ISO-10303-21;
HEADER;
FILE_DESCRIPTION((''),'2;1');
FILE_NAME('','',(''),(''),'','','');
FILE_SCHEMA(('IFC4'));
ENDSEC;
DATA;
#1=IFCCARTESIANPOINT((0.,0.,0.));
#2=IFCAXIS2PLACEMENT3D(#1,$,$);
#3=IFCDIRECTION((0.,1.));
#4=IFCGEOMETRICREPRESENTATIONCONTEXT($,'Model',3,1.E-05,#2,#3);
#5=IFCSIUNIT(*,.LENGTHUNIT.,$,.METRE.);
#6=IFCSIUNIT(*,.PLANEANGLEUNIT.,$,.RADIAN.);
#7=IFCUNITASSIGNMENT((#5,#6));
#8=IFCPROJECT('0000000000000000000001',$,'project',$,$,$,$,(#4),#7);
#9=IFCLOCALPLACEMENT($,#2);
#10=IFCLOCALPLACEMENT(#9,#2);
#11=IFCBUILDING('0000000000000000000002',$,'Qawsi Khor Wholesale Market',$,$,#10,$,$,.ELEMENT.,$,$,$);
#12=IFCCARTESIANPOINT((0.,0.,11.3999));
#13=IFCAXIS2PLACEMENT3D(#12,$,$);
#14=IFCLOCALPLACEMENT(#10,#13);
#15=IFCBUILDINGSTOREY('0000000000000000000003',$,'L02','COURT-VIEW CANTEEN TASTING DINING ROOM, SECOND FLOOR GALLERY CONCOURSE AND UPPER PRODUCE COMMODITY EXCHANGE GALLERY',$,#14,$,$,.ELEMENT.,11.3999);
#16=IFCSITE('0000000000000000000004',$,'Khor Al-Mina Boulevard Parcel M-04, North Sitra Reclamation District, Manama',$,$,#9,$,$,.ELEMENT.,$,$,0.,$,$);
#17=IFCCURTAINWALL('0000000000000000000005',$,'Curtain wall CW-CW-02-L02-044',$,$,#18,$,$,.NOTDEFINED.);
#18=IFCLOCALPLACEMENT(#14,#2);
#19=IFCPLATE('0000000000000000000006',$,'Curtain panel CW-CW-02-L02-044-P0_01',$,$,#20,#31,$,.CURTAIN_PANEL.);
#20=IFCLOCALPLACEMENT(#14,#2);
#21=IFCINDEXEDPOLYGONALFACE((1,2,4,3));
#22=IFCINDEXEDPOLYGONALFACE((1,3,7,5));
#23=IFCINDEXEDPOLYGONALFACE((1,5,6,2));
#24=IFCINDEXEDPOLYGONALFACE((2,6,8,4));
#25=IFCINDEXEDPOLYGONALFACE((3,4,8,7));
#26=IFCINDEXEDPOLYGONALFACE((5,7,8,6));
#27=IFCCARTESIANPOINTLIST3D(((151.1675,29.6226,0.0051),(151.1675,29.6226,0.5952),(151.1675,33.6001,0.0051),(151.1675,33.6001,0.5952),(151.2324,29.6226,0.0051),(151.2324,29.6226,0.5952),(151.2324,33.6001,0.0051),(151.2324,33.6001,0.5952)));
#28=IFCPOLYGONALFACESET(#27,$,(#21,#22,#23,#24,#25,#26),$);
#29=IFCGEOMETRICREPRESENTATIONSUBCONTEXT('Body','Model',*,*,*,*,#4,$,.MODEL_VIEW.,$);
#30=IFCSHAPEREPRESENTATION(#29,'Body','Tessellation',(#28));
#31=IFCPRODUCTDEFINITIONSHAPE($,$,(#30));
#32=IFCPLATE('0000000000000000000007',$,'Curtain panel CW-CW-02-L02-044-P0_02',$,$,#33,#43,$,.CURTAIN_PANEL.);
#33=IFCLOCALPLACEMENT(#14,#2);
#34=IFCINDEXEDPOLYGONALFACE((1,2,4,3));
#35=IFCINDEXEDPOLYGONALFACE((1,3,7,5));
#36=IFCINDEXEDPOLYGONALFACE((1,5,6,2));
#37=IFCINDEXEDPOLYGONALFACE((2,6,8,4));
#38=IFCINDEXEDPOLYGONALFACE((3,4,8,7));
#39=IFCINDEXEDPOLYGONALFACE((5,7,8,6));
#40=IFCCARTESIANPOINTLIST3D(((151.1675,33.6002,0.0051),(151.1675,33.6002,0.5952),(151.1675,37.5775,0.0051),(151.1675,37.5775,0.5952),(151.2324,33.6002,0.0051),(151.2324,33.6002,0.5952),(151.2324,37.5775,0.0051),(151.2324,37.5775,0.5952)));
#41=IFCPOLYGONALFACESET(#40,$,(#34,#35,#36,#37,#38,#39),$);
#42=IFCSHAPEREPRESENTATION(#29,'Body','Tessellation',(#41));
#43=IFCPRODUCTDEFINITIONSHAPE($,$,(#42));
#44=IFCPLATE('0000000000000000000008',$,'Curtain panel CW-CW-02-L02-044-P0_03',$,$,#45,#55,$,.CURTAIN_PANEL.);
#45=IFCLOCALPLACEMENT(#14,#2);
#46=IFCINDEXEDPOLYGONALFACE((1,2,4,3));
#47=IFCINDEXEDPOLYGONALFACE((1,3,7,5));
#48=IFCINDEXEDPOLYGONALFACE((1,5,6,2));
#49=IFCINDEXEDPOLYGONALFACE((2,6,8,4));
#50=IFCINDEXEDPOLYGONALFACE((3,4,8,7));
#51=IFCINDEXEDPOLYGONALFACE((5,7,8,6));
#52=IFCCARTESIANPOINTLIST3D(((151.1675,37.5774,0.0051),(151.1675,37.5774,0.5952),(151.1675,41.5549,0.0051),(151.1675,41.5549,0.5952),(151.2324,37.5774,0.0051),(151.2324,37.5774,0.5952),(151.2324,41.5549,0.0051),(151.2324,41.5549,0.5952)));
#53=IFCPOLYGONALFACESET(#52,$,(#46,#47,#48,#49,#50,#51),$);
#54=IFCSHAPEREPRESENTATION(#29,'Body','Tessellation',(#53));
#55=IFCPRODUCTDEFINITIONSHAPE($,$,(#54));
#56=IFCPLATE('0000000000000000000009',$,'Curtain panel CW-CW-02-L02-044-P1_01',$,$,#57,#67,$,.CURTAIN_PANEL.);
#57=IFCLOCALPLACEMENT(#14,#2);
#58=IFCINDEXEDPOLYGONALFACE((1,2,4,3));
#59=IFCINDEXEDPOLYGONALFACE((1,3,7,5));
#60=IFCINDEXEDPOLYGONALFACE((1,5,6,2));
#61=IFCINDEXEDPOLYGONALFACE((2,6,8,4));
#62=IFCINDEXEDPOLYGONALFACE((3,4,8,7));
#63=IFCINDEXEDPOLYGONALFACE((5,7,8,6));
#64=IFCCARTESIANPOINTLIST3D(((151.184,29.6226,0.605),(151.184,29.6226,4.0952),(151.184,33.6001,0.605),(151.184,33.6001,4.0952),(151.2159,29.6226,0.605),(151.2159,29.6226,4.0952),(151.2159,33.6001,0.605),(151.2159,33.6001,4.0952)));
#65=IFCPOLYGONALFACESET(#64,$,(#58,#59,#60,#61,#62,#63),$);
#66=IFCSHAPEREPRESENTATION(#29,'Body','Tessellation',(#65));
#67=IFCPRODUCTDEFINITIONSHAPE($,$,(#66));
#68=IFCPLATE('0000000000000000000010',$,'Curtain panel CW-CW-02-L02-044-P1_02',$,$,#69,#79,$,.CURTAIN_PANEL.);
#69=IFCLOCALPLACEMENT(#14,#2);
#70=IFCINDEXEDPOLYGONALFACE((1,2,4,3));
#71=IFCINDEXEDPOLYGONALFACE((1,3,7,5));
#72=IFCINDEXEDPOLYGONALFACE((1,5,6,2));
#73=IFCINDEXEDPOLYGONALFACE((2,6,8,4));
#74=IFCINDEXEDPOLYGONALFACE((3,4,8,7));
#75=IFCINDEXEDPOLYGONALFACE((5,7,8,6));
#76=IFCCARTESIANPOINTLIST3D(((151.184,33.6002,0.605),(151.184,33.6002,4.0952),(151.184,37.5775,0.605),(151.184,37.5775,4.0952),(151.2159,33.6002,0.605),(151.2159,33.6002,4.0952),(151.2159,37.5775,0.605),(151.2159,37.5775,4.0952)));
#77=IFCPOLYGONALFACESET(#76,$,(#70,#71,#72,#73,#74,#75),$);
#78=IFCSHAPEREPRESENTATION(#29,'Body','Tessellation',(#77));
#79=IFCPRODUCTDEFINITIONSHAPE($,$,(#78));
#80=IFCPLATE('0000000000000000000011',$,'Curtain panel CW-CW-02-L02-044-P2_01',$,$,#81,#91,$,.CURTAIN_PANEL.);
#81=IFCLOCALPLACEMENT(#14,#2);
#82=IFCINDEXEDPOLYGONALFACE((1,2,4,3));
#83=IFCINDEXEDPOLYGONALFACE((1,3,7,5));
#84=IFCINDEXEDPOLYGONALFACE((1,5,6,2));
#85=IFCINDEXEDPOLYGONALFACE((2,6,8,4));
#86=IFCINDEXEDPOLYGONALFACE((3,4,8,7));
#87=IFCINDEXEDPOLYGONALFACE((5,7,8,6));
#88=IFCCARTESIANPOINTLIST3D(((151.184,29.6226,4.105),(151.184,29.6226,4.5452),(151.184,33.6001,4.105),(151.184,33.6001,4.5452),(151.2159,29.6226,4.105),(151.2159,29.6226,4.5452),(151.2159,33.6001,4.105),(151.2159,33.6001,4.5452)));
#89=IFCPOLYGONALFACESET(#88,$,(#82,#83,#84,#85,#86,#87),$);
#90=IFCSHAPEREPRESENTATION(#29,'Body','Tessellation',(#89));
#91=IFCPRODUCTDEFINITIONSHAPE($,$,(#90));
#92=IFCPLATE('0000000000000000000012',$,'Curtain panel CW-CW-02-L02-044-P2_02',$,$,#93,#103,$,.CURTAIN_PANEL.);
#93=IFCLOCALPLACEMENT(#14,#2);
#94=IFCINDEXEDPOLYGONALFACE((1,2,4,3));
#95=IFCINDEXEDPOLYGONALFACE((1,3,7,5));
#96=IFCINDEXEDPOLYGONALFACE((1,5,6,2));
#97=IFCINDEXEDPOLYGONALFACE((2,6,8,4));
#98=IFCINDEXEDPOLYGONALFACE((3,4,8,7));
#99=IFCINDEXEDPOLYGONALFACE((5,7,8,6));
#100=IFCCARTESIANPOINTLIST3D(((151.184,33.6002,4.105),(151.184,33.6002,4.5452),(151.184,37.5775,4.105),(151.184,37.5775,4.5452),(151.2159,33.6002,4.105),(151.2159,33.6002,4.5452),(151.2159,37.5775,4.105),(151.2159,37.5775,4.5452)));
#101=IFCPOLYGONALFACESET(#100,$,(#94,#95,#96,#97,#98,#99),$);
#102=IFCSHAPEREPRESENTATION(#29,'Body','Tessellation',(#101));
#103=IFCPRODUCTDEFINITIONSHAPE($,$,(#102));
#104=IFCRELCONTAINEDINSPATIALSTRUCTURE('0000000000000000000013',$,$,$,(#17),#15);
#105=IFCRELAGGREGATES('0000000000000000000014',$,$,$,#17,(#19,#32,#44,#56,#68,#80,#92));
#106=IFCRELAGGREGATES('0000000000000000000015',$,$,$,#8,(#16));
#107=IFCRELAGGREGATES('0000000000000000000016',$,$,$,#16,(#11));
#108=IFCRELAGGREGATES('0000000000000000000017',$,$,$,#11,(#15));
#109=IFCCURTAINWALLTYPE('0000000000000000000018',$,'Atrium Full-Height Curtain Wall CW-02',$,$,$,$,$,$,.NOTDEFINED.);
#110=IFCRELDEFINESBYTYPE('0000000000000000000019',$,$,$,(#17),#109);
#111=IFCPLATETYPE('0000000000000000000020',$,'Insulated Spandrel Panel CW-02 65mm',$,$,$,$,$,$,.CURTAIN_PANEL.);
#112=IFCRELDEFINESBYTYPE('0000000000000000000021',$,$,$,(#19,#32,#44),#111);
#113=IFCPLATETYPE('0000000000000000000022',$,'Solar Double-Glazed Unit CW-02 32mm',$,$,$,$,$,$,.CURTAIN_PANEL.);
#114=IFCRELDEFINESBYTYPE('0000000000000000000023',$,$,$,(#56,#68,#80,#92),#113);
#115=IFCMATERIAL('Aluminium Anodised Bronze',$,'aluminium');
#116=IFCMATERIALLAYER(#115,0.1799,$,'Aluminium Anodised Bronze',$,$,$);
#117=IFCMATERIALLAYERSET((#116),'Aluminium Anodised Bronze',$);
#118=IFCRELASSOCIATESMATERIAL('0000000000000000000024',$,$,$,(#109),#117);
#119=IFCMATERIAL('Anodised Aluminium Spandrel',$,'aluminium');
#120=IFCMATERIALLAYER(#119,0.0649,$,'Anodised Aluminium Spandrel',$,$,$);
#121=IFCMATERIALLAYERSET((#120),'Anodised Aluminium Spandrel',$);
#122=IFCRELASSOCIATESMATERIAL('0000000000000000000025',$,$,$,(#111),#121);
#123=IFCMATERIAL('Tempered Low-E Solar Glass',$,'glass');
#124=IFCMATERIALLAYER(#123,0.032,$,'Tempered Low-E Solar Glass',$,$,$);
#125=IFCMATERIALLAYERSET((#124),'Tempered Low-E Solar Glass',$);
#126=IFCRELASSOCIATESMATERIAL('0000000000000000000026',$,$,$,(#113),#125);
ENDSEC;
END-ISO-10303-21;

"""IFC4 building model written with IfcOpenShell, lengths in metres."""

from ifc_helpers import new_model, si_unit, direction, frame, frame_2d, origin, place, context, subcontext, project, spatial, rectangle, extrude, material, layer, layer_set, type_object, element, aggregate, save


model = new_model("IFC4")

# Units and contexts
model_context = context("Model", 3, precision=1e-05, world=origin(), true_north=direction((0.0, 1.0)))
body_context = subcontext(model_context, "Body", "Model", "MODEL_VIEW")
ifc_project = project(units=[si_unit("LENGTHUNIT", "METRE"), si_unit("PLANEANGLEUNIT", "RADIAN")], contexts=[model_context])

# Site, building, storey
site_placement = place(None, origin())
site = spatial("IfcSite", under=ifc_project, at=site_placement, Name="Khor Al-Mina Boulevard Parcel M-04, North Sitra Reclamation District, Manama", CompositionType="ELEMENT", RefElevation=0.0)
building_placement = place(site_placement, origin())
building = spatial("IfcBuilding", under=site, at=building_placement, Name="Qawsi Khor Wholesale Market", CompositionType="ELEMENT")
storey_placement = place(building_placement, frame((0.0, 0.0, 11.3999)))
storey = spatial("IfcBuildingStorey", under=building, at=storey_placement, Name="L02", Description="COURT-VIEW CANTEEN TASTING DINING ROOM, SECOND FLOOR GALLERY CONCOURSE AND UPPER PRODUCE COMMODITY EXCHANGE GALLERY", CompositionType="ELEMENT", Elevation=11.3999)

# Curtain wall, plates
ifc_material_1 = material(Name="Aluminium Anodised Bronze", Category="aluminium")
ifc_layer_1 = layer(ifc_material_1, 0.1799, Name="Aluminium Anodised Bronze")
ifc_layer_set_1 = layer_set([ifc_layer_1], Name="Aluminium Anodised Bronze")
curtain_wall_type = type_object("IfcCurtainWallType", Name="Atrium Full-Height Curtain Wall CW-02", PredefinedType="NOTDEFINED", material=ifc_layer_set_1)
curtain_wall_placement = place(storey_placement, origin())
curtain_wall = element("IfcCurtainWall", 1, at=curtain_wall_placement, inside=storey, type_object=curtain_wall_type, Name="Curtain wall CW-CW-02-L02-044", PredefinedType="NOTDEFINED")
ifc_material_2 = material(Name="Anodised Aluminium Spandrel", Category="aluminium")
ifc_layer_2 = layer(ifc_material_2, 0.0649, Name="Anodised Aluminium Spandrel")
ifc_layer_set_2 = layer_set([ifc_layer_2], Name="Anodised Aluminium Spandrel")
plate_type_1 = type_object("IfcPlateType", Name="Insulated Spandrel Panel CW-02 65mm", PredefinedType="CURTAIN_PANEL", material=ifc_layer_set_2)
plate_1_placement = place(storey_placement, frame((151.2, 29.6226, 0.0051), z_axis=(0.0, 0.0, 1.0), x_axis=(0.0, 1.0, 0.0)))
plate_1 = element("IfcPlate", 2, at=plate_1_placement, type_object=plate_type_1, Name="Curtain panel CW-CW-02-L02-044-P0_01", PredefinedType="CURTAIN_PANEL", context=body_context, shape_type="SweptSolid", body=[
    extrude(rectangle(XDim=3.9775, YDim=0.0649, at=frame_2d((1.9888, 0.0))), origin(), (0.0, 0.0, 1.0), 0.5901),
])
plate_2_placement = place(storey_placement, frame((151.2, 33.6001, 0.0051), z_axis=(0.0, 0.0, 1.0), x_axis=(0.0, 1.0, 0.0)))
plate_2 = element("IfcPlate", 3, at=plate_2_placement, type_object=plate_type_1, Name="Curtain panel CW-CW-02-L02-044-P0_02", PredefinedType="CURTAIN_PANEL", context=body_context, shape_type="SweptSolid", body=[
    extrude(rectangle(XDim=3.9773, YDim=0.0649, at=frame_2d((1.9888, 0.0))), origin(), (0.0, 0.0, 1.0), 0.5901),
])
plate_3_placement = place(storey_placement, frame((151.2, 37.5774, 0.0051), z_axis=(0.0, 0.0, 1.0), x_axis=(0.0, 1.0, 0.0)))
plate_3 = element("IfcPlate", 4, at=plate_3_placement, type_object=plate_type_1, Name="Curtain panel CW-CW-02-L02-044-P0_03", PredefinedType="CURTAIN_PANEL", context=body_context, shape_type="SweptSolid", body=[
    extrude(rectangle(XDim=3.9775, YDim=0.0649, at=frame_2d((1.9888, 0.0))), origin(), (0.0, 0.0, 1.0), 0.5901),
])
ifc_material_3 = material(Name="Tempered Low-E Solar Glass", Category="glass")
ifc_layer_3 = layer(ifc_material_3, 0.032, Name="Tempered Low-E Solar Glass")
ifc_layer_set_3 = layer_set([ifc_layer_3], Name="Tempered Low-E Solar Glass")
plate_type_2 = type_object("IfcPlateType", Name="Solar Double-Glazed Unit CW-02 32mm", PredefinedType="CURTAIN_PANEL", material=ifc_layer_set_3)
plate_4_placement = place(storey_placement, frame((151.2, 29.6226, 0.605), z_axis=(0.0, 0.0, 1.0), x_axis=(0.0, 1.0, 0.0)))
plate_4 = element("IfcPlate", 5, at=plate_4_placement, type_object=plate_type_2, Name="Curtain panel CW-CW-02-L02-044-P1_01", PredefinedType="CURTAIN_PANEL", context=body_context, shape_type="SweptSolid", body=[
    extrude(rectangle(XDim=3.9775, YDim=0.032, at=frame_2d((1.9888, 0.0))), origin(), (0.0, 0.0, 1.0), 3.4902),
])
plate_5_placement = place(storey_placement, frame((151.2, 33.6001, 0.605), z_axis=(0.0, 0.0, 1.0), x_axis=(0.0, 1.0, 0.0)))
plate_5 = element("IfcPlate", 6, at=plate_5_placement, type_object=plate_type_2, Name="Curtain panel CW-CW-02-L02-044-P1_02", PredefinedType="CURTAIN_PANEL", context=body_context, shape_type="SweptSolid", body=[
    extrude(rectangle(XDim=3.9773, YDim=0.032, at=frame_2d((1.9888, 0.0))), origin(), (0.0, 0.0, 1.0), 3.4902),
])
plate_6_placement = place(storey_placement, frame((151.2, 29.6226, 4.105), z_axis=(0.0, 0.0, 1.0), x_axis=(0.0, 1.0, 0.0)))
plate_6 = element("IfcPlate", 7, at=plate_6_placement, type_object=plate_type_2, Name="Curtain panel CW-CW-02-L02-044-P2_01", PredefinedType="CURTAIN_PANEL", context=body_context, shape_type="SweptSolid", body=[
    extrude(rectangle(XDim=3.9775, YDim=0.032, at=frame_2d((1.9888, 0.0))), origin(), (0.0, 0.0, 1.0), 0.4402),
])
plate_7_placement = place(storey_placement, frame((151.2, 33.6001, 4.105), z_axis=(0.0, 0.0, 1.0), x_axis=(0.0, 1.0, 0.0)))
plate_7 = element("IfcPlate", 8, at=plate_7_placement, type_object=plate_type_2, Name="Curtain panel CW-CW-02-L02-044-P2_02", PredefinedType="CURTAIN_PANEL", context=body_context, shape_type="SweptSolid", body=[
    extrude(rectangle(XDim=3.9773, YDim=0.032, at=frame_2d((1.9888, 0.0))), origin(), (0.0, 0.0, 1.0), 0.4402),
])
aggregate(curtain_wall, [plate_1, plate_2, plate_3, plate_4, plate_5, plate_6, plate_7])

save(model, "model.ifc")
